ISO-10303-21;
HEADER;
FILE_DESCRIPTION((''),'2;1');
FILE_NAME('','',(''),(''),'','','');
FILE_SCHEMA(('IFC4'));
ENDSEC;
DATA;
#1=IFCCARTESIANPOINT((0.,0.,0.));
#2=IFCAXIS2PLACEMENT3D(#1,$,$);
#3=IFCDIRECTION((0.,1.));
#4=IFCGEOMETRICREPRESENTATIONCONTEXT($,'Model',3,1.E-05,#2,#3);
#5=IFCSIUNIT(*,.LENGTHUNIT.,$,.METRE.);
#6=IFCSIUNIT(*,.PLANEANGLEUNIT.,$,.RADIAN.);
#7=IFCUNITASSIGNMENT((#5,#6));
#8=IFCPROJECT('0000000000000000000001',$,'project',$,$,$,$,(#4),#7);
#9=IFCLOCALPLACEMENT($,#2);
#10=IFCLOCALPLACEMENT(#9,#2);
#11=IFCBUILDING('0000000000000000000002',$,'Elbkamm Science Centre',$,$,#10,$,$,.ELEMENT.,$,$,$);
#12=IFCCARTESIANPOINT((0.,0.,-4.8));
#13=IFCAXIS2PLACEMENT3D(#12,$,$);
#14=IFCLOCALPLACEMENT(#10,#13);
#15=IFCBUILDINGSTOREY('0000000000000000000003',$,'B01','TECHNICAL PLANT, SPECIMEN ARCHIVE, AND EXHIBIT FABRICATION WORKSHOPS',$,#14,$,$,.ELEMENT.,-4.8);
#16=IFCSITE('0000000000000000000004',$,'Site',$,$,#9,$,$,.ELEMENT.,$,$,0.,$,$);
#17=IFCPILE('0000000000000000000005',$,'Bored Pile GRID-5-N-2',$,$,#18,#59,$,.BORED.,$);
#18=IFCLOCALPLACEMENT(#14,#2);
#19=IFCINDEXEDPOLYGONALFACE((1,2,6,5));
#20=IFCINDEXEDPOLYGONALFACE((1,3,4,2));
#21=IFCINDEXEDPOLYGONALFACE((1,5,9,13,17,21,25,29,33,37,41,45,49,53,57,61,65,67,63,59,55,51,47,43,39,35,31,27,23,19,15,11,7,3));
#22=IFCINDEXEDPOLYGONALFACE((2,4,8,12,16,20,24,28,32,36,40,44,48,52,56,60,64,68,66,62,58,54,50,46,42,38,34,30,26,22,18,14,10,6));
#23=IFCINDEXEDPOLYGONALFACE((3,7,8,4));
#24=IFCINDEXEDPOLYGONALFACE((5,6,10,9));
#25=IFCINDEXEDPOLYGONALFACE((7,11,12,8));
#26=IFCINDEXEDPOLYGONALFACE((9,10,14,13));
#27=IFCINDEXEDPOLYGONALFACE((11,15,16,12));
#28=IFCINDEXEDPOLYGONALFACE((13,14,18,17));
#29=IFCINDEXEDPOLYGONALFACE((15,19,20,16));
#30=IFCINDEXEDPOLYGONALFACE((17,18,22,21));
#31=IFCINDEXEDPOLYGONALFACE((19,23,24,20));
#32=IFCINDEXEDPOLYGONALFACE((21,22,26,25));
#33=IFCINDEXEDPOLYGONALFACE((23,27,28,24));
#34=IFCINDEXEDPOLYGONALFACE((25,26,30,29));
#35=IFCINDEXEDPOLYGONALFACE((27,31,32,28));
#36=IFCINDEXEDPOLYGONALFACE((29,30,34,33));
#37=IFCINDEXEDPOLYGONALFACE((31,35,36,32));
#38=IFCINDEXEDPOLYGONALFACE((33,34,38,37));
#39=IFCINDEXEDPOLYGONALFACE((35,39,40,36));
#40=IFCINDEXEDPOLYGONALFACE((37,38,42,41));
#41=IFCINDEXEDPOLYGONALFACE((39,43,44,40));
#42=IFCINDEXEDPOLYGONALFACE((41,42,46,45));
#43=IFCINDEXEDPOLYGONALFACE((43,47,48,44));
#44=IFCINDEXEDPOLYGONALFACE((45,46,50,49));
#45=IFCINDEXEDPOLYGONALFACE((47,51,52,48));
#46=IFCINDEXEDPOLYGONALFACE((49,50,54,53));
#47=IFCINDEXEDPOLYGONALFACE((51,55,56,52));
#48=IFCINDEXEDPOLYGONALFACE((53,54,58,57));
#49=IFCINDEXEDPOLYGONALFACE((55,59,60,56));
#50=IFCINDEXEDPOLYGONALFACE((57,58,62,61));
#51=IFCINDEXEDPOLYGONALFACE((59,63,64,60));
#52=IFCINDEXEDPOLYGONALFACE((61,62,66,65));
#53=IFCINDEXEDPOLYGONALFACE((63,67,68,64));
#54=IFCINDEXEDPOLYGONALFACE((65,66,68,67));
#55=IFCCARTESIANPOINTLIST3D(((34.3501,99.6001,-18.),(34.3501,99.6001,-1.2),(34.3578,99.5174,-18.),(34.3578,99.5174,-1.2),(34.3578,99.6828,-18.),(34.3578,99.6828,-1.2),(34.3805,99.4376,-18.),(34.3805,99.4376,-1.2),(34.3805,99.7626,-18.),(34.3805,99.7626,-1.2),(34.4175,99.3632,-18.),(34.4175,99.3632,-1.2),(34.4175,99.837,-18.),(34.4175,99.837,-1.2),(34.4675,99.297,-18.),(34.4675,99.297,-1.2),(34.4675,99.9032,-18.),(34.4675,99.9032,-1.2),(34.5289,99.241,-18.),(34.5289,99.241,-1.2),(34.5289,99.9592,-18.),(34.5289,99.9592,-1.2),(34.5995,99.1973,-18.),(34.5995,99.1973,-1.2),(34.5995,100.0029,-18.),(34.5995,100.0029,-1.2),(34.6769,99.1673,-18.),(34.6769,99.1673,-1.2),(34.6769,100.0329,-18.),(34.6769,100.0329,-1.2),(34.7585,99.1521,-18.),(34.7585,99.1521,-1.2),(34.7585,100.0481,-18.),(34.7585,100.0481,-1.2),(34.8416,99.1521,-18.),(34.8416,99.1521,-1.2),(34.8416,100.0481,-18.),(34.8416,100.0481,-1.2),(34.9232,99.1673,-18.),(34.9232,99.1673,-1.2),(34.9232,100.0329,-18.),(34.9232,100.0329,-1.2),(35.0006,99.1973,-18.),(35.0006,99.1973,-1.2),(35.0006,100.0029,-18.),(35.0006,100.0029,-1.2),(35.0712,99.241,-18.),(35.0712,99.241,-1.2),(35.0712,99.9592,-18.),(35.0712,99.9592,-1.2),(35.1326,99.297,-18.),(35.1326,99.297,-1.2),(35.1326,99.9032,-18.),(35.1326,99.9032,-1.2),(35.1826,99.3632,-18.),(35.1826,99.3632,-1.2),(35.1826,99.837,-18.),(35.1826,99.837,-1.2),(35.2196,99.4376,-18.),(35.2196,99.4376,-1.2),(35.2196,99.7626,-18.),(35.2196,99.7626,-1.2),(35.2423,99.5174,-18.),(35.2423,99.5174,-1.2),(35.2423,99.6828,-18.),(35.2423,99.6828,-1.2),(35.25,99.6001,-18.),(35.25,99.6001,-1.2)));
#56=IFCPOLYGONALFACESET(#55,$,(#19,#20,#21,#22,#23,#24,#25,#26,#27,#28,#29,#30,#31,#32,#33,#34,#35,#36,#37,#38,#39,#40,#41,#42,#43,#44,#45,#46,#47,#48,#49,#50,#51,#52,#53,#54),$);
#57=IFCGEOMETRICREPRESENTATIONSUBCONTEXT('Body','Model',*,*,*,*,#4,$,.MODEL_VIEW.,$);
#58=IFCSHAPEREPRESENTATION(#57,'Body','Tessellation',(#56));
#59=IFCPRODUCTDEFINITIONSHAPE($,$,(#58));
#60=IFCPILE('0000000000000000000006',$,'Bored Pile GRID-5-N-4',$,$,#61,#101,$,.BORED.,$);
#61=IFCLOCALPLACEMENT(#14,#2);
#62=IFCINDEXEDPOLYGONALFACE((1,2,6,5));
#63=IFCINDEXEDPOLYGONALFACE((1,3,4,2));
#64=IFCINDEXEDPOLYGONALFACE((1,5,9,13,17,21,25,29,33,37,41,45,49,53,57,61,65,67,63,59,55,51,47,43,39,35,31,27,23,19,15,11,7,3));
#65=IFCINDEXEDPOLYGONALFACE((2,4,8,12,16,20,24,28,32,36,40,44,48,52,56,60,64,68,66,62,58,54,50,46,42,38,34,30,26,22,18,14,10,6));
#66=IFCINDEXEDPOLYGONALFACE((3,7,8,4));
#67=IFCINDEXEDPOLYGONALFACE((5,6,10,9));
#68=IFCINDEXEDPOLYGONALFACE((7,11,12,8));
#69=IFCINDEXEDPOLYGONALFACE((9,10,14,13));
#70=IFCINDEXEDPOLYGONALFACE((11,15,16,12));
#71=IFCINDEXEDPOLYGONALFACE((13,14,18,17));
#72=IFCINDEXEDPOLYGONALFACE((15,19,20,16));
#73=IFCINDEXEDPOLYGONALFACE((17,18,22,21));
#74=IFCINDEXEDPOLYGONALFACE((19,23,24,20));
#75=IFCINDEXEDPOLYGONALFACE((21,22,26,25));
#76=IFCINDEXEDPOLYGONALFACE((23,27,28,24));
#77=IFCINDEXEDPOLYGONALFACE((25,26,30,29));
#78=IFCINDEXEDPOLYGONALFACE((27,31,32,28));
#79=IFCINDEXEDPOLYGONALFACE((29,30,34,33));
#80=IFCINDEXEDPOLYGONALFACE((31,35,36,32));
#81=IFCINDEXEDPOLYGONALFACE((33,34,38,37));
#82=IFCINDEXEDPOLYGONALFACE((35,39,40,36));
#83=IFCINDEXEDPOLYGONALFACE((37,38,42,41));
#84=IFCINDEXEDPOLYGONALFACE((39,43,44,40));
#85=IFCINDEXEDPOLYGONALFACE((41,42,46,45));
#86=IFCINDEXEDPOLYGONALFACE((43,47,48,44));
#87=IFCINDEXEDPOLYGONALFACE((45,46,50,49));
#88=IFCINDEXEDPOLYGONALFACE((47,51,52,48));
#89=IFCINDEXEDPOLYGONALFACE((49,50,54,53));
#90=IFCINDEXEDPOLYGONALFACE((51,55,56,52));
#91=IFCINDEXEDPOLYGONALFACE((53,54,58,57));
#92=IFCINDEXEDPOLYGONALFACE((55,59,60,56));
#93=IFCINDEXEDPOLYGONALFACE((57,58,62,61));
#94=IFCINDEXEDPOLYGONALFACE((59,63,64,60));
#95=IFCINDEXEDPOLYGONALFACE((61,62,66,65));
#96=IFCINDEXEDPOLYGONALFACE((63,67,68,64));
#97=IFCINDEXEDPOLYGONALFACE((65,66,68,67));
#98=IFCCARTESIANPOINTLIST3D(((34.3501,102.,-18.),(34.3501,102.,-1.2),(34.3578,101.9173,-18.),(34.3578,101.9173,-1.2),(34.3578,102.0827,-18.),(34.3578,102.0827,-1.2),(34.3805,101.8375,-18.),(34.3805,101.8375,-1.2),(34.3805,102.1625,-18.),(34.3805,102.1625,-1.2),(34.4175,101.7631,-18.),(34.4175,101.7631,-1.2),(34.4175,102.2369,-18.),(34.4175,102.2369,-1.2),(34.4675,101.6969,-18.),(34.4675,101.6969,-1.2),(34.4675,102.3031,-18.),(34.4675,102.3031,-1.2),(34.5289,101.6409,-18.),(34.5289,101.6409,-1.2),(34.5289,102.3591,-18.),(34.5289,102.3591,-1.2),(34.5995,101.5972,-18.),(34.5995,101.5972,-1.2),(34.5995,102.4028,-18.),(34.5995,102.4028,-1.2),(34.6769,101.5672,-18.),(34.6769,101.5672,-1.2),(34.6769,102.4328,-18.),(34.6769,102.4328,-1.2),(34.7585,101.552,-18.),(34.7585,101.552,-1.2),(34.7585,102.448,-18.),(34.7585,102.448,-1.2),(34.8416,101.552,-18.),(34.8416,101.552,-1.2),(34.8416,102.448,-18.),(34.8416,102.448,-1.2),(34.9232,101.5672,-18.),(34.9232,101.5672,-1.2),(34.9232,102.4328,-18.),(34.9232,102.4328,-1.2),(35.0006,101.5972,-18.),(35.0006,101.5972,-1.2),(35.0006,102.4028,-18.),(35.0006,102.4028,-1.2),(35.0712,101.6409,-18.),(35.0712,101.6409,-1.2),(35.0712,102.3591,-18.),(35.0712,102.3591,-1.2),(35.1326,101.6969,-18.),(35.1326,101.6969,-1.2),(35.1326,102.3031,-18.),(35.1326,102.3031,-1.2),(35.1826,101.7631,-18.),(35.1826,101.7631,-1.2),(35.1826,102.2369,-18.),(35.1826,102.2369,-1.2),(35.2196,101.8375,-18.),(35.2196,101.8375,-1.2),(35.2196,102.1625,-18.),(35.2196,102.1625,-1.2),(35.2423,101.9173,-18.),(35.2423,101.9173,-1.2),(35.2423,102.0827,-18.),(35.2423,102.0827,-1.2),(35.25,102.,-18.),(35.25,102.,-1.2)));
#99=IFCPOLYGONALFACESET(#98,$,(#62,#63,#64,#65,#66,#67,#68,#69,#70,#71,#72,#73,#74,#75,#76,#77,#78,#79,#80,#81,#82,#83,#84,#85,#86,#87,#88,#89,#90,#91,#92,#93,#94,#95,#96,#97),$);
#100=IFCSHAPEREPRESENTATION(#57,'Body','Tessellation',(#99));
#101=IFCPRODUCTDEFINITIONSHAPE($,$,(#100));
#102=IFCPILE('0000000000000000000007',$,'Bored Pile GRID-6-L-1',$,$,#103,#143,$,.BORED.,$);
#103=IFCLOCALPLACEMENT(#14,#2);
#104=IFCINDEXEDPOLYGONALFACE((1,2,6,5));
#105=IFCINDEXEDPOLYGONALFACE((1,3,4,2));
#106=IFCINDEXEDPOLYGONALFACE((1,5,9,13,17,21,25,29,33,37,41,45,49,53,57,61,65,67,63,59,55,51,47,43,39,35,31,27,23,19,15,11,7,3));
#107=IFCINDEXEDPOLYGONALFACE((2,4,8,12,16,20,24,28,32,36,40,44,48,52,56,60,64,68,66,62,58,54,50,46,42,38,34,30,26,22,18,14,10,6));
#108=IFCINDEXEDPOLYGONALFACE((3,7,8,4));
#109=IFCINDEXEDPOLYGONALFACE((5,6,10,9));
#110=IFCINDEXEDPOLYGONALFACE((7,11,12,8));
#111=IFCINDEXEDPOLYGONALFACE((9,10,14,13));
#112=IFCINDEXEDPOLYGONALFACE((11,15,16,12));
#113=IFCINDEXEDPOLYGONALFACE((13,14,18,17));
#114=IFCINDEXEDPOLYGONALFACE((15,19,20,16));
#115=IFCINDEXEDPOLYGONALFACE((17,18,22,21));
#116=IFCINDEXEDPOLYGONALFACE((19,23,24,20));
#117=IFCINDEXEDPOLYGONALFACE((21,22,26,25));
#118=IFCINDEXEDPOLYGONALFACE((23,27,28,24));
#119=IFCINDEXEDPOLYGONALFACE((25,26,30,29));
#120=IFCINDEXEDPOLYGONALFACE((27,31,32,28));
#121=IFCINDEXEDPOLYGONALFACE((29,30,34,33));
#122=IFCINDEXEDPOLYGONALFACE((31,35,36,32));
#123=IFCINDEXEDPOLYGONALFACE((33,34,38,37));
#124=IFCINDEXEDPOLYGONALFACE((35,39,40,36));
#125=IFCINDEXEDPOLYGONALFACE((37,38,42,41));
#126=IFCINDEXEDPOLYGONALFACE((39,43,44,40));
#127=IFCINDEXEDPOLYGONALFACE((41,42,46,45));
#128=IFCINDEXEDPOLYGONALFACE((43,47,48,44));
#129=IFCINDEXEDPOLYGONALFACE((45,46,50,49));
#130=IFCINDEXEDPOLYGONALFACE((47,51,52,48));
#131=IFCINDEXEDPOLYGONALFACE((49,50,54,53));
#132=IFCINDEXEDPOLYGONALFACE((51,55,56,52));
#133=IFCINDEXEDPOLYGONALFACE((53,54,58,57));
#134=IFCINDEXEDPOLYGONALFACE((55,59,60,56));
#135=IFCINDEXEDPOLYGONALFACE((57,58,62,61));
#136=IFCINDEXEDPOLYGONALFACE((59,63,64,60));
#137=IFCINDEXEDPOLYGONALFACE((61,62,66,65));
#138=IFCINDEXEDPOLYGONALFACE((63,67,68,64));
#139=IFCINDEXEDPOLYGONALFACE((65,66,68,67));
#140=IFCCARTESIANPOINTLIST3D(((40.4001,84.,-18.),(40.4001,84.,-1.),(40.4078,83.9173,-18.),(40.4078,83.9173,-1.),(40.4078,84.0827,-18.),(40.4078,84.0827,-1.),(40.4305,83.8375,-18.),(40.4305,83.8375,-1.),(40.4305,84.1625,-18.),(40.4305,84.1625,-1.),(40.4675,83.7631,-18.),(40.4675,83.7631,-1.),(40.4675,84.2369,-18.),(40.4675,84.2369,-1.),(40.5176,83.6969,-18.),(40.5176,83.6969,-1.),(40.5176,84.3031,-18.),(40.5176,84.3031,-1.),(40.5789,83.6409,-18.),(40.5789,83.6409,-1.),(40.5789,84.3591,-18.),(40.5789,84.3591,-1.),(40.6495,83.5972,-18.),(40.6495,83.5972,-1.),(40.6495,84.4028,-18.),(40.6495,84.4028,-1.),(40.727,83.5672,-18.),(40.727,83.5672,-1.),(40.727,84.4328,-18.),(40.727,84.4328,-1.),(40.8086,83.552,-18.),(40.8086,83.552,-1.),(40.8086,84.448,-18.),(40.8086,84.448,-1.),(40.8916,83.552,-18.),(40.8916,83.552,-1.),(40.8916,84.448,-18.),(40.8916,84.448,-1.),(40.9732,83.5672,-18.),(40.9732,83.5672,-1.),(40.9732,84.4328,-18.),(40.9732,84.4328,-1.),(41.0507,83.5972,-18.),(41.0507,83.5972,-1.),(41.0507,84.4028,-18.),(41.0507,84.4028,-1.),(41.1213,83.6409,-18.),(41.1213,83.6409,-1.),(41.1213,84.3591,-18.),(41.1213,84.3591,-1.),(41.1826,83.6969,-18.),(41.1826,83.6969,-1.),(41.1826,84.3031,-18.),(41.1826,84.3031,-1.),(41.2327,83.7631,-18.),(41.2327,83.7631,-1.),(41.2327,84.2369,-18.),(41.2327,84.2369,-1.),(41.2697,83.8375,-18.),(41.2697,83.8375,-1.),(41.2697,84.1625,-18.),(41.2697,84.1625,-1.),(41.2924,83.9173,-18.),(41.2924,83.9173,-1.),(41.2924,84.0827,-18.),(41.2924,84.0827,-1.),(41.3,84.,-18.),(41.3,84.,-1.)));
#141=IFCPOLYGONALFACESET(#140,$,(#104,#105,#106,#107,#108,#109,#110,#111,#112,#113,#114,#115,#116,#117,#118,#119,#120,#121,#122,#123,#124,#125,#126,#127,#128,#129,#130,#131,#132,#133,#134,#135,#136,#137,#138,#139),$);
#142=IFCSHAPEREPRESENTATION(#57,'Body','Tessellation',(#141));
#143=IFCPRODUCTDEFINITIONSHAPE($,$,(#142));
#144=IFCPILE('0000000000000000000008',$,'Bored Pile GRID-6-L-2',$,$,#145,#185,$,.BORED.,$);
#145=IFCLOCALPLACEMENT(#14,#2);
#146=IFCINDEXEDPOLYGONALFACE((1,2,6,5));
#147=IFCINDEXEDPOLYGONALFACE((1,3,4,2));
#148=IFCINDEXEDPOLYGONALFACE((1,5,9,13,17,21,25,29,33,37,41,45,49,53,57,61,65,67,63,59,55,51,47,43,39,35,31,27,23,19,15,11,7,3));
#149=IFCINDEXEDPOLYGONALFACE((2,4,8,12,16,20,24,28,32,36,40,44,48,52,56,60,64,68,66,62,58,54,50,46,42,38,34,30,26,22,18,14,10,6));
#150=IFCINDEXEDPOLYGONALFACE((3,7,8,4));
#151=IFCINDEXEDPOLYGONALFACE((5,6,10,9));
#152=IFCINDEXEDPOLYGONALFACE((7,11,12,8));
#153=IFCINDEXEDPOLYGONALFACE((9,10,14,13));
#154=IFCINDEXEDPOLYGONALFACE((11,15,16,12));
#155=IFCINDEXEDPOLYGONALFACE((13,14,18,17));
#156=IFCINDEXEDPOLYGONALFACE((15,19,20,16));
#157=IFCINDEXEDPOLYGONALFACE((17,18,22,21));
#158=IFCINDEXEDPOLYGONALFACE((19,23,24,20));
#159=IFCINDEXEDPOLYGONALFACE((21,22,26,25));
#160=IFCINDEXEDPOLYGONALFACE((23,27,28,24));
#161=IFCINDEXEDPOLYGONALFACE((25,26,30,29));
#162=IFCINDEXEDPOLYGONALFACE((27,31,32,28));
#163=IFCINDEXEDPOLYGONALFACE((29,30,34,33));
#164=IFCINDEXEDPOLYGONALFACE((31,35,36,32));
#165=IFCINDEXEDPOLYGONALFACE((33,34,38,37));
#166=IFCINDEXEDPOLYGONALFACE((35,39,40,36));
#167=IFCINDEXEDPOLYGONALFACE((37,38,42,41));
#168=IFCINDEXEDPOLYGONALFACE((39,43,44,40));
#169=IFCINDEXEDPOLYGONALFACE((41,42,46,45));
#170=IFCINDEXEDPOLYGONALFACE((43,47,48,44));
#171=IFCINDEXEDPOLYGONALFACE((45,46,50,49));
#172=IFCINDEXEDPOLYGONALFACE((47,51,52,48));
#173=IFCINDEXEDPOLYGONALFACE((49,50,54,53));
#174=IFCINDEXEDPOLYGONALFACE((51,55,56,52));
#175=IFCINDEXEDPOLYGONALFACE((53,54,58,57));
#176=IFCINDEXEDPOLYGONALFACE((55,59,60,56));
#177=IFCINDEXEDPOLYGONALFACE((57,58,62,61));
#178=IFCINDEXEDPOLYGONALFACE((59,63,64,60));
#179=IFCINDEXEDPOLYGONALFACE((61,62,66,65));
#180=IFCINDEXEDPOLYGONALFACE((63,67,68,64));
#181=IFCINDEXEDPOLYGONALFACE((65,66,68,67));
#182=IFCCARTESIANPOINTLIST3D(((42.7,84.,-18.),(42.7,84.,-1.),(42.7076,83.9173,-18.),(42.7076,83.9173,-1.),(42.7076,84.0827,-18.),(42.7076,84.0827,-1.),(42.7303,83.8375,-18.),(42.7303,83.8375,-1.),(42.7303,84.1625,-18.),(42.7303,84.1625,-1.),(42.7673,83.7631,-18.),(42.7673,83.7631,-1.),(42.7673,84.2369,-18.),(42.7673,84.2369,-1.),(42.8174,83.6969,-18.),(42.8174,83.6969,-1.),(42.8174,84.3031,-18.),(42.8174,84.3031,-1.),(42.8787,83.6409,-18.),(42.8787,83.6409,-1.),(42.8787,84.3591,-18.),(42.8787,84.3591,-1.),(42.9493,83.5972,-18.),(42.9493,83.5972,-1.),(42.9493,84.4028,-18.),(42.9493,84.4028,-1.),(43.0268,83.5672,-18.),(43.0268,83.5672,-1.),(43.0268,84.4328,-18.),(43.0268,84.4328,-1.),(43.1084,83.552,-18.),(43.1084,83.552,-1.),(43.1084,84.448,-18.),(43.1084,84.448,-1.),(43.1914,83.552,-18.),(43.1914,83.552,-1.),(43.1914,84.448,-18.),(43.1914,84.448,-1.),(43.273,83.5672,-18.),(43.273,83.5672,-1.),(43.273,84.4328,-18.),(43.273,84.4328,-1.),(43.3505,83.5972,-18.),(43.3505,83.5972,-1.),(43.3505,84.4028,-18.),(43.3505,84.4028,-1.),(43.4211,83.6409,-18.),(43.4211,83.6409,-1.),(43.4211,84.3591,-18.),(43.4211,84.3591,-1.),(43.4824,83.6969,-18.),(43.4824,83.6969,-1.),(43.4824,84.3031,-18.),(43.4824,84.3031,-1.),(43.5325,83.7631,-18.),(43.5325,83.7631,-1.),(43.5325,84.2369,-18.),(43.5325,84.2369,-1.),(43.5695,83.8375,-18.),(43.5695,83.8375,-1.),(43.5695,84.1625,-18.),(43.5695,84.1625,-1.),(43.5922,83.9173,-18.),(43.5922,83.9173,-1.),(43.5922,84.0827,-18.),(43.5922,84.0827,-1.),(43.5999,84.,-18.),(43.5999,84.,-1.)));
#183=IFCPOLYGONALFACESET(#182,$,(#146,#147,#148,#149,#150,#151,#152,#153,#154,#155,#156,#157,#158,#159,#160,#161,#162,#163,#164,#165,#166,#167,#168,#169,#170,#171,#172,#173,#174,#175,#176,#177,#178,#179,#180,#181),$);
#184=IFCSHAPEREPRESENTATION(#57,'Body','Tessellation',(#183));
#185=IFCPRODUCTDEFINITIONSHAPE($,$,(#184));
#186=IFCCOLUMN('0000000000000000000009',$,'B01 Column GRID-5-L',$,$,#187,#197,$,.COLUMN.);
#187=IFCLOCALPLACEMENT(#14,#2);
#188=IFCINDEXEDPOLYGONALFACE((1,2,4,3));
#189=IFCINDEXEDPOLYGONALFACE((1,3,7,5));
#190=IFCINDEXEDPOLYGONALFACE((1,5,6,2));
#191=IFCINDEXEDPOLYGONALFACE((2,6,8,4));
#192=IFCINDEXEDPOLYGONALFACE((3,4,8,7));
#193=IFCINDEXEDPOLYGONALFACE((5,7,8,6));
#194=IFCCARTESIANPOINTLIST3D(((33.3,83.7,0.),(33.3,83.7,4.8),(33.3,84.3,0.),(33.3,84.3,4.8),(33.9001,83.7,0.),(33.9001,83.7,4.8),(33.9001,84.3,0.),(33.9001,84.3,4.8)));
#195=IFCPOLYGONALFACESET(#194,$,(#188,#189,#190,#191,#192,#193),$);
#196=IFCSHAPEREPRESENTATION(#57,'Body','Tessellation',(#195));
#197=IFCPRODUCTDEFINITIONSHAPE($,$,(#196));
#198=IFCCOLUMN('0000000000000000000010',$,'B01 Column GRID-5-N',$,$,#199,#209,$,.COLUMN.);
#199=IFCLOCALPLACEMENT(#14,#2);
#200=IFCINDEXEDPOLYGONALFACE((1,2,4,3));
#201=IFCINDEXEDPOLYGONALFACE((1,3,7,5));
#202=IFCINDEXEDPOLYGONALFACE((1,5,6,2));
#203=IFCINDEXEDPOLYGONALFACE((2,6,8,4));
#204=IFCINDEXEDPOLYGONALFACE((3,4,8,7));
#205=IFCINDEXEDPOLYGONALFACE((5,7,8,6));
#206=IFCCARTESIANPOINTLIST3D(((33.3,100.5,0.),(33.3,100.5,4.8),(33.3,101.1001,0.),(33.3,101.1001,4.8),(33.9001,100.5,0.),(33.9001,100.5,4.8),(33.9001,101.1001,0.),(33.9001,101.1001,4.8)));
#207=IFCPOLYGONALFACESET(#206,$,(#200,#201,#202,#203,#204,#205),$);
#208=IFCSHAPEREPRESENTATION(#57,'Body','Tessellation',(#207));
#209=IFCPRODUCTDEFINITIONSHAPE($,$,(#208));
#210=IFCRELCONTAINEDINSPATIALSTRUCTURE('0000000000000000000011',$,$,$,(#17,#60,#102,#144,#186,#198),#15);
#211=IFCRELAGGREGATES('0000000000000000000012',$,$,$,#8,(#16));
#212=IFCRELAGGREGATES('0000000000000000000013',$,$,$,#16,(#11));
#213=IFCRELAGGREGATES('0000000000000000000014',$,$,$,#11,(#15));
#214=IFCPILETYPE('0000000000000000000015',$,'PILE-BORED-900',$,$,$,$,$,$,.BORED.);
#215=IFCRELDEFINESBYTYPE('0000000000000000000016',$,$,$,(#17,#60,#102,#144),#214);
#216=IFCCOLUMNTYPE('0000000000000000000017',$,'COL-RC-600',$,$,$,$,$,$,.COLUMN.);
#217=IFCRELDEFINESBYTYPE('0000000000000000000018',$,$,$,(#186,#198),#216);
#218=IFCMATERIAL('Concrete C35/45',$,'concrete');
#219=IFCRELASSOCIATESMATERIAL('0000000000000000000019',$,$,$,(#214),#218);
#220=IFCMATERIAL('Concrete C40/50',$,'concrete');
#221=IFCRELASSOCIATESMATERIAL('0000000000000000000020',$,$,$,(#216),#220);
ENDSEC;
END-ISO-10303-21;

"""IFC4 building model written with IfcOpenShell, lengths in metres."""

from ifc_helpers import new_model, si_unit, direction, frame, origin, origin_2d, place, context, subcontext, project, spatial, rectangle, circle, extrude, material, material_profile, profile_set, type_object, element, save


model = new_model("IFC4")

# Units and contexts
model_context = context("Model", 3, precision=1e-05, world=origin(), true_north=direction((0.0, 1.0)))
body_context = subcontext(model_context, "Body", "Model", "MODEL_VIEW")
ifc_project = project(units=[si_unit("LENGTHUNIT", "METRE"), si_unit("PLANEANGLEUNIT", "RADIAN")], contexts=[model_context])

# Site, building, storey
site_placement = place(None, origin())
site = spatial("IfcSite", under=ifc_project, at=site_placement, Name="Site", CompositionType="ELEMENT", RefElevation=0.0)
building_placement = place(site_placement, origin())
building = spatial("IfcBuilding", under=site, at=building_placement, Name="Elbkamm Science Centre", CompositionType="ELEMENT")
storey_placement = place(building_placement, frame((0.0, 0.0, -4.8)))
storey = spatial("IfcBuildingStorey", under=building, at=storey_placement, Name="B01", Description="TECHNICAL PLANT, SPECIMEN ARCHIVE, AND EXHIBIT FABRICATION WORKSHOPS", CompositionType="ELEMENT", Elevation=-4.8)

# Shared definitions
ifc_material_1 = material(Name="Concrete C35/45", Category="concrete")

# Piles
ifc_material_profile_1 = material_profile(ifc_material_1, circle(Radius=0.45, at=origin_2d()), Name="PILE D900")
ifc_profile_set_1 = profile_set([ifc_material_profile_1], Name="Concrete C35/45")
pile_type = type_object("IfcPileType", Name="PILE-BORED-900", PredefinedType="BORED", material=ifc_profile_set_1)
for number, where, z_axis, x_axis, name in (
    (1, (34.8, 99.6001, -1.2), (0.0, 0.0, -1.0), (1.0, 0.0, 0.0), "Bored Pile GRID-5-N-2"),
    (2, (34.8, 102.0, -1.2), (0.0, 0.0, -1.0), (1.0, 0.0, 0.0), "Bored Pile GRID-5-N-4"),
):
    element("IfcPile", number, at=place(storey_placement, frame(where, z_axis=z_axis, x_axis=x_axis)), inside=storey, type_object=pile_type, Name=name, PredefinedType="BORED", context=body_context, shape_type="SweptSolid", body=[
        extrude(circle(Radius=0.45, at=origin_2d()), origin(), (0.0, 0.0, 1.0), 16.8),
    ])
for number, where, z_axis, x_axis, name in (
    (3, (40.8501, 84.0, -1.0), (0.0, 0.0, -1.0), (1.0, 0.0, 0.0), "Bored Pile GRID-6-L-1"),
    (4, (43.1499, 84.0, -1.0), (0.0, 0.0, -1.0), (1.0, 0.0, 0.0), "Bored Pile GRID-6-L-2"),
):
    element("IfcPile", number, at=place(storey_placement, frame(where, z_axis=z_axis, x_axis=x_axis)), inside=storey, type_object=pile_type, Name=name, PredefinedType="BORED", context=body_context, shape_type="SweptSolid", body=[
        extrude(circle(Radius=0.45, at=origin_2d()), origin(), (0.0, 0.0, 1.0), 17.0),
    ])

# Columns
ifc_material_2 = material(Name="Concrete C40/50", Category="concrete")
ifc_material_profile_2 = material_profile(ifc_material_2, rectangle(XDim=0.6001, YDim=0.6001, at=origin_2d()), Name="RC 600x600")
ifc_profile_set_2 = profile_set([ifc_material_profile_2], Name="Concrete C40/50")
column_type_1 = type_object("IfcColumnType", Name="COL-RC-600", PredefinedType="COLUMN", material=ifc_profile_set_2)
for number, where, z_axis, x_axis, name in (
    (5, (33.6001, 84.0, 0.0), (0.0, 0.0, 1.0), (1.0, 0.0, 0.0), "B01 Column GRID-5-L"),
    (6, (33.6001, 100.8, 0.0), (0.0, 0.0, 1.0), (1.0, 0.0, 0.0), "B01 Column GRID-5-N"),
):
    element("IfcColumn", number, at=place(storey_placement, frame(where, z_axis=z_axis, x_axis=x_axis)), inside=storey, type_object=column_type_1, Name=name, PredefinedType="COLUMN", context=body_context, shape_type="SweptSolid", body=[
        extrude(rectangle(XDim=0.6001, YDim=0.6001, at=origin_2d()), origin(), (0.0, 0.0, 1.0), 4.8),
    ])

save(model, "model.ifc")
